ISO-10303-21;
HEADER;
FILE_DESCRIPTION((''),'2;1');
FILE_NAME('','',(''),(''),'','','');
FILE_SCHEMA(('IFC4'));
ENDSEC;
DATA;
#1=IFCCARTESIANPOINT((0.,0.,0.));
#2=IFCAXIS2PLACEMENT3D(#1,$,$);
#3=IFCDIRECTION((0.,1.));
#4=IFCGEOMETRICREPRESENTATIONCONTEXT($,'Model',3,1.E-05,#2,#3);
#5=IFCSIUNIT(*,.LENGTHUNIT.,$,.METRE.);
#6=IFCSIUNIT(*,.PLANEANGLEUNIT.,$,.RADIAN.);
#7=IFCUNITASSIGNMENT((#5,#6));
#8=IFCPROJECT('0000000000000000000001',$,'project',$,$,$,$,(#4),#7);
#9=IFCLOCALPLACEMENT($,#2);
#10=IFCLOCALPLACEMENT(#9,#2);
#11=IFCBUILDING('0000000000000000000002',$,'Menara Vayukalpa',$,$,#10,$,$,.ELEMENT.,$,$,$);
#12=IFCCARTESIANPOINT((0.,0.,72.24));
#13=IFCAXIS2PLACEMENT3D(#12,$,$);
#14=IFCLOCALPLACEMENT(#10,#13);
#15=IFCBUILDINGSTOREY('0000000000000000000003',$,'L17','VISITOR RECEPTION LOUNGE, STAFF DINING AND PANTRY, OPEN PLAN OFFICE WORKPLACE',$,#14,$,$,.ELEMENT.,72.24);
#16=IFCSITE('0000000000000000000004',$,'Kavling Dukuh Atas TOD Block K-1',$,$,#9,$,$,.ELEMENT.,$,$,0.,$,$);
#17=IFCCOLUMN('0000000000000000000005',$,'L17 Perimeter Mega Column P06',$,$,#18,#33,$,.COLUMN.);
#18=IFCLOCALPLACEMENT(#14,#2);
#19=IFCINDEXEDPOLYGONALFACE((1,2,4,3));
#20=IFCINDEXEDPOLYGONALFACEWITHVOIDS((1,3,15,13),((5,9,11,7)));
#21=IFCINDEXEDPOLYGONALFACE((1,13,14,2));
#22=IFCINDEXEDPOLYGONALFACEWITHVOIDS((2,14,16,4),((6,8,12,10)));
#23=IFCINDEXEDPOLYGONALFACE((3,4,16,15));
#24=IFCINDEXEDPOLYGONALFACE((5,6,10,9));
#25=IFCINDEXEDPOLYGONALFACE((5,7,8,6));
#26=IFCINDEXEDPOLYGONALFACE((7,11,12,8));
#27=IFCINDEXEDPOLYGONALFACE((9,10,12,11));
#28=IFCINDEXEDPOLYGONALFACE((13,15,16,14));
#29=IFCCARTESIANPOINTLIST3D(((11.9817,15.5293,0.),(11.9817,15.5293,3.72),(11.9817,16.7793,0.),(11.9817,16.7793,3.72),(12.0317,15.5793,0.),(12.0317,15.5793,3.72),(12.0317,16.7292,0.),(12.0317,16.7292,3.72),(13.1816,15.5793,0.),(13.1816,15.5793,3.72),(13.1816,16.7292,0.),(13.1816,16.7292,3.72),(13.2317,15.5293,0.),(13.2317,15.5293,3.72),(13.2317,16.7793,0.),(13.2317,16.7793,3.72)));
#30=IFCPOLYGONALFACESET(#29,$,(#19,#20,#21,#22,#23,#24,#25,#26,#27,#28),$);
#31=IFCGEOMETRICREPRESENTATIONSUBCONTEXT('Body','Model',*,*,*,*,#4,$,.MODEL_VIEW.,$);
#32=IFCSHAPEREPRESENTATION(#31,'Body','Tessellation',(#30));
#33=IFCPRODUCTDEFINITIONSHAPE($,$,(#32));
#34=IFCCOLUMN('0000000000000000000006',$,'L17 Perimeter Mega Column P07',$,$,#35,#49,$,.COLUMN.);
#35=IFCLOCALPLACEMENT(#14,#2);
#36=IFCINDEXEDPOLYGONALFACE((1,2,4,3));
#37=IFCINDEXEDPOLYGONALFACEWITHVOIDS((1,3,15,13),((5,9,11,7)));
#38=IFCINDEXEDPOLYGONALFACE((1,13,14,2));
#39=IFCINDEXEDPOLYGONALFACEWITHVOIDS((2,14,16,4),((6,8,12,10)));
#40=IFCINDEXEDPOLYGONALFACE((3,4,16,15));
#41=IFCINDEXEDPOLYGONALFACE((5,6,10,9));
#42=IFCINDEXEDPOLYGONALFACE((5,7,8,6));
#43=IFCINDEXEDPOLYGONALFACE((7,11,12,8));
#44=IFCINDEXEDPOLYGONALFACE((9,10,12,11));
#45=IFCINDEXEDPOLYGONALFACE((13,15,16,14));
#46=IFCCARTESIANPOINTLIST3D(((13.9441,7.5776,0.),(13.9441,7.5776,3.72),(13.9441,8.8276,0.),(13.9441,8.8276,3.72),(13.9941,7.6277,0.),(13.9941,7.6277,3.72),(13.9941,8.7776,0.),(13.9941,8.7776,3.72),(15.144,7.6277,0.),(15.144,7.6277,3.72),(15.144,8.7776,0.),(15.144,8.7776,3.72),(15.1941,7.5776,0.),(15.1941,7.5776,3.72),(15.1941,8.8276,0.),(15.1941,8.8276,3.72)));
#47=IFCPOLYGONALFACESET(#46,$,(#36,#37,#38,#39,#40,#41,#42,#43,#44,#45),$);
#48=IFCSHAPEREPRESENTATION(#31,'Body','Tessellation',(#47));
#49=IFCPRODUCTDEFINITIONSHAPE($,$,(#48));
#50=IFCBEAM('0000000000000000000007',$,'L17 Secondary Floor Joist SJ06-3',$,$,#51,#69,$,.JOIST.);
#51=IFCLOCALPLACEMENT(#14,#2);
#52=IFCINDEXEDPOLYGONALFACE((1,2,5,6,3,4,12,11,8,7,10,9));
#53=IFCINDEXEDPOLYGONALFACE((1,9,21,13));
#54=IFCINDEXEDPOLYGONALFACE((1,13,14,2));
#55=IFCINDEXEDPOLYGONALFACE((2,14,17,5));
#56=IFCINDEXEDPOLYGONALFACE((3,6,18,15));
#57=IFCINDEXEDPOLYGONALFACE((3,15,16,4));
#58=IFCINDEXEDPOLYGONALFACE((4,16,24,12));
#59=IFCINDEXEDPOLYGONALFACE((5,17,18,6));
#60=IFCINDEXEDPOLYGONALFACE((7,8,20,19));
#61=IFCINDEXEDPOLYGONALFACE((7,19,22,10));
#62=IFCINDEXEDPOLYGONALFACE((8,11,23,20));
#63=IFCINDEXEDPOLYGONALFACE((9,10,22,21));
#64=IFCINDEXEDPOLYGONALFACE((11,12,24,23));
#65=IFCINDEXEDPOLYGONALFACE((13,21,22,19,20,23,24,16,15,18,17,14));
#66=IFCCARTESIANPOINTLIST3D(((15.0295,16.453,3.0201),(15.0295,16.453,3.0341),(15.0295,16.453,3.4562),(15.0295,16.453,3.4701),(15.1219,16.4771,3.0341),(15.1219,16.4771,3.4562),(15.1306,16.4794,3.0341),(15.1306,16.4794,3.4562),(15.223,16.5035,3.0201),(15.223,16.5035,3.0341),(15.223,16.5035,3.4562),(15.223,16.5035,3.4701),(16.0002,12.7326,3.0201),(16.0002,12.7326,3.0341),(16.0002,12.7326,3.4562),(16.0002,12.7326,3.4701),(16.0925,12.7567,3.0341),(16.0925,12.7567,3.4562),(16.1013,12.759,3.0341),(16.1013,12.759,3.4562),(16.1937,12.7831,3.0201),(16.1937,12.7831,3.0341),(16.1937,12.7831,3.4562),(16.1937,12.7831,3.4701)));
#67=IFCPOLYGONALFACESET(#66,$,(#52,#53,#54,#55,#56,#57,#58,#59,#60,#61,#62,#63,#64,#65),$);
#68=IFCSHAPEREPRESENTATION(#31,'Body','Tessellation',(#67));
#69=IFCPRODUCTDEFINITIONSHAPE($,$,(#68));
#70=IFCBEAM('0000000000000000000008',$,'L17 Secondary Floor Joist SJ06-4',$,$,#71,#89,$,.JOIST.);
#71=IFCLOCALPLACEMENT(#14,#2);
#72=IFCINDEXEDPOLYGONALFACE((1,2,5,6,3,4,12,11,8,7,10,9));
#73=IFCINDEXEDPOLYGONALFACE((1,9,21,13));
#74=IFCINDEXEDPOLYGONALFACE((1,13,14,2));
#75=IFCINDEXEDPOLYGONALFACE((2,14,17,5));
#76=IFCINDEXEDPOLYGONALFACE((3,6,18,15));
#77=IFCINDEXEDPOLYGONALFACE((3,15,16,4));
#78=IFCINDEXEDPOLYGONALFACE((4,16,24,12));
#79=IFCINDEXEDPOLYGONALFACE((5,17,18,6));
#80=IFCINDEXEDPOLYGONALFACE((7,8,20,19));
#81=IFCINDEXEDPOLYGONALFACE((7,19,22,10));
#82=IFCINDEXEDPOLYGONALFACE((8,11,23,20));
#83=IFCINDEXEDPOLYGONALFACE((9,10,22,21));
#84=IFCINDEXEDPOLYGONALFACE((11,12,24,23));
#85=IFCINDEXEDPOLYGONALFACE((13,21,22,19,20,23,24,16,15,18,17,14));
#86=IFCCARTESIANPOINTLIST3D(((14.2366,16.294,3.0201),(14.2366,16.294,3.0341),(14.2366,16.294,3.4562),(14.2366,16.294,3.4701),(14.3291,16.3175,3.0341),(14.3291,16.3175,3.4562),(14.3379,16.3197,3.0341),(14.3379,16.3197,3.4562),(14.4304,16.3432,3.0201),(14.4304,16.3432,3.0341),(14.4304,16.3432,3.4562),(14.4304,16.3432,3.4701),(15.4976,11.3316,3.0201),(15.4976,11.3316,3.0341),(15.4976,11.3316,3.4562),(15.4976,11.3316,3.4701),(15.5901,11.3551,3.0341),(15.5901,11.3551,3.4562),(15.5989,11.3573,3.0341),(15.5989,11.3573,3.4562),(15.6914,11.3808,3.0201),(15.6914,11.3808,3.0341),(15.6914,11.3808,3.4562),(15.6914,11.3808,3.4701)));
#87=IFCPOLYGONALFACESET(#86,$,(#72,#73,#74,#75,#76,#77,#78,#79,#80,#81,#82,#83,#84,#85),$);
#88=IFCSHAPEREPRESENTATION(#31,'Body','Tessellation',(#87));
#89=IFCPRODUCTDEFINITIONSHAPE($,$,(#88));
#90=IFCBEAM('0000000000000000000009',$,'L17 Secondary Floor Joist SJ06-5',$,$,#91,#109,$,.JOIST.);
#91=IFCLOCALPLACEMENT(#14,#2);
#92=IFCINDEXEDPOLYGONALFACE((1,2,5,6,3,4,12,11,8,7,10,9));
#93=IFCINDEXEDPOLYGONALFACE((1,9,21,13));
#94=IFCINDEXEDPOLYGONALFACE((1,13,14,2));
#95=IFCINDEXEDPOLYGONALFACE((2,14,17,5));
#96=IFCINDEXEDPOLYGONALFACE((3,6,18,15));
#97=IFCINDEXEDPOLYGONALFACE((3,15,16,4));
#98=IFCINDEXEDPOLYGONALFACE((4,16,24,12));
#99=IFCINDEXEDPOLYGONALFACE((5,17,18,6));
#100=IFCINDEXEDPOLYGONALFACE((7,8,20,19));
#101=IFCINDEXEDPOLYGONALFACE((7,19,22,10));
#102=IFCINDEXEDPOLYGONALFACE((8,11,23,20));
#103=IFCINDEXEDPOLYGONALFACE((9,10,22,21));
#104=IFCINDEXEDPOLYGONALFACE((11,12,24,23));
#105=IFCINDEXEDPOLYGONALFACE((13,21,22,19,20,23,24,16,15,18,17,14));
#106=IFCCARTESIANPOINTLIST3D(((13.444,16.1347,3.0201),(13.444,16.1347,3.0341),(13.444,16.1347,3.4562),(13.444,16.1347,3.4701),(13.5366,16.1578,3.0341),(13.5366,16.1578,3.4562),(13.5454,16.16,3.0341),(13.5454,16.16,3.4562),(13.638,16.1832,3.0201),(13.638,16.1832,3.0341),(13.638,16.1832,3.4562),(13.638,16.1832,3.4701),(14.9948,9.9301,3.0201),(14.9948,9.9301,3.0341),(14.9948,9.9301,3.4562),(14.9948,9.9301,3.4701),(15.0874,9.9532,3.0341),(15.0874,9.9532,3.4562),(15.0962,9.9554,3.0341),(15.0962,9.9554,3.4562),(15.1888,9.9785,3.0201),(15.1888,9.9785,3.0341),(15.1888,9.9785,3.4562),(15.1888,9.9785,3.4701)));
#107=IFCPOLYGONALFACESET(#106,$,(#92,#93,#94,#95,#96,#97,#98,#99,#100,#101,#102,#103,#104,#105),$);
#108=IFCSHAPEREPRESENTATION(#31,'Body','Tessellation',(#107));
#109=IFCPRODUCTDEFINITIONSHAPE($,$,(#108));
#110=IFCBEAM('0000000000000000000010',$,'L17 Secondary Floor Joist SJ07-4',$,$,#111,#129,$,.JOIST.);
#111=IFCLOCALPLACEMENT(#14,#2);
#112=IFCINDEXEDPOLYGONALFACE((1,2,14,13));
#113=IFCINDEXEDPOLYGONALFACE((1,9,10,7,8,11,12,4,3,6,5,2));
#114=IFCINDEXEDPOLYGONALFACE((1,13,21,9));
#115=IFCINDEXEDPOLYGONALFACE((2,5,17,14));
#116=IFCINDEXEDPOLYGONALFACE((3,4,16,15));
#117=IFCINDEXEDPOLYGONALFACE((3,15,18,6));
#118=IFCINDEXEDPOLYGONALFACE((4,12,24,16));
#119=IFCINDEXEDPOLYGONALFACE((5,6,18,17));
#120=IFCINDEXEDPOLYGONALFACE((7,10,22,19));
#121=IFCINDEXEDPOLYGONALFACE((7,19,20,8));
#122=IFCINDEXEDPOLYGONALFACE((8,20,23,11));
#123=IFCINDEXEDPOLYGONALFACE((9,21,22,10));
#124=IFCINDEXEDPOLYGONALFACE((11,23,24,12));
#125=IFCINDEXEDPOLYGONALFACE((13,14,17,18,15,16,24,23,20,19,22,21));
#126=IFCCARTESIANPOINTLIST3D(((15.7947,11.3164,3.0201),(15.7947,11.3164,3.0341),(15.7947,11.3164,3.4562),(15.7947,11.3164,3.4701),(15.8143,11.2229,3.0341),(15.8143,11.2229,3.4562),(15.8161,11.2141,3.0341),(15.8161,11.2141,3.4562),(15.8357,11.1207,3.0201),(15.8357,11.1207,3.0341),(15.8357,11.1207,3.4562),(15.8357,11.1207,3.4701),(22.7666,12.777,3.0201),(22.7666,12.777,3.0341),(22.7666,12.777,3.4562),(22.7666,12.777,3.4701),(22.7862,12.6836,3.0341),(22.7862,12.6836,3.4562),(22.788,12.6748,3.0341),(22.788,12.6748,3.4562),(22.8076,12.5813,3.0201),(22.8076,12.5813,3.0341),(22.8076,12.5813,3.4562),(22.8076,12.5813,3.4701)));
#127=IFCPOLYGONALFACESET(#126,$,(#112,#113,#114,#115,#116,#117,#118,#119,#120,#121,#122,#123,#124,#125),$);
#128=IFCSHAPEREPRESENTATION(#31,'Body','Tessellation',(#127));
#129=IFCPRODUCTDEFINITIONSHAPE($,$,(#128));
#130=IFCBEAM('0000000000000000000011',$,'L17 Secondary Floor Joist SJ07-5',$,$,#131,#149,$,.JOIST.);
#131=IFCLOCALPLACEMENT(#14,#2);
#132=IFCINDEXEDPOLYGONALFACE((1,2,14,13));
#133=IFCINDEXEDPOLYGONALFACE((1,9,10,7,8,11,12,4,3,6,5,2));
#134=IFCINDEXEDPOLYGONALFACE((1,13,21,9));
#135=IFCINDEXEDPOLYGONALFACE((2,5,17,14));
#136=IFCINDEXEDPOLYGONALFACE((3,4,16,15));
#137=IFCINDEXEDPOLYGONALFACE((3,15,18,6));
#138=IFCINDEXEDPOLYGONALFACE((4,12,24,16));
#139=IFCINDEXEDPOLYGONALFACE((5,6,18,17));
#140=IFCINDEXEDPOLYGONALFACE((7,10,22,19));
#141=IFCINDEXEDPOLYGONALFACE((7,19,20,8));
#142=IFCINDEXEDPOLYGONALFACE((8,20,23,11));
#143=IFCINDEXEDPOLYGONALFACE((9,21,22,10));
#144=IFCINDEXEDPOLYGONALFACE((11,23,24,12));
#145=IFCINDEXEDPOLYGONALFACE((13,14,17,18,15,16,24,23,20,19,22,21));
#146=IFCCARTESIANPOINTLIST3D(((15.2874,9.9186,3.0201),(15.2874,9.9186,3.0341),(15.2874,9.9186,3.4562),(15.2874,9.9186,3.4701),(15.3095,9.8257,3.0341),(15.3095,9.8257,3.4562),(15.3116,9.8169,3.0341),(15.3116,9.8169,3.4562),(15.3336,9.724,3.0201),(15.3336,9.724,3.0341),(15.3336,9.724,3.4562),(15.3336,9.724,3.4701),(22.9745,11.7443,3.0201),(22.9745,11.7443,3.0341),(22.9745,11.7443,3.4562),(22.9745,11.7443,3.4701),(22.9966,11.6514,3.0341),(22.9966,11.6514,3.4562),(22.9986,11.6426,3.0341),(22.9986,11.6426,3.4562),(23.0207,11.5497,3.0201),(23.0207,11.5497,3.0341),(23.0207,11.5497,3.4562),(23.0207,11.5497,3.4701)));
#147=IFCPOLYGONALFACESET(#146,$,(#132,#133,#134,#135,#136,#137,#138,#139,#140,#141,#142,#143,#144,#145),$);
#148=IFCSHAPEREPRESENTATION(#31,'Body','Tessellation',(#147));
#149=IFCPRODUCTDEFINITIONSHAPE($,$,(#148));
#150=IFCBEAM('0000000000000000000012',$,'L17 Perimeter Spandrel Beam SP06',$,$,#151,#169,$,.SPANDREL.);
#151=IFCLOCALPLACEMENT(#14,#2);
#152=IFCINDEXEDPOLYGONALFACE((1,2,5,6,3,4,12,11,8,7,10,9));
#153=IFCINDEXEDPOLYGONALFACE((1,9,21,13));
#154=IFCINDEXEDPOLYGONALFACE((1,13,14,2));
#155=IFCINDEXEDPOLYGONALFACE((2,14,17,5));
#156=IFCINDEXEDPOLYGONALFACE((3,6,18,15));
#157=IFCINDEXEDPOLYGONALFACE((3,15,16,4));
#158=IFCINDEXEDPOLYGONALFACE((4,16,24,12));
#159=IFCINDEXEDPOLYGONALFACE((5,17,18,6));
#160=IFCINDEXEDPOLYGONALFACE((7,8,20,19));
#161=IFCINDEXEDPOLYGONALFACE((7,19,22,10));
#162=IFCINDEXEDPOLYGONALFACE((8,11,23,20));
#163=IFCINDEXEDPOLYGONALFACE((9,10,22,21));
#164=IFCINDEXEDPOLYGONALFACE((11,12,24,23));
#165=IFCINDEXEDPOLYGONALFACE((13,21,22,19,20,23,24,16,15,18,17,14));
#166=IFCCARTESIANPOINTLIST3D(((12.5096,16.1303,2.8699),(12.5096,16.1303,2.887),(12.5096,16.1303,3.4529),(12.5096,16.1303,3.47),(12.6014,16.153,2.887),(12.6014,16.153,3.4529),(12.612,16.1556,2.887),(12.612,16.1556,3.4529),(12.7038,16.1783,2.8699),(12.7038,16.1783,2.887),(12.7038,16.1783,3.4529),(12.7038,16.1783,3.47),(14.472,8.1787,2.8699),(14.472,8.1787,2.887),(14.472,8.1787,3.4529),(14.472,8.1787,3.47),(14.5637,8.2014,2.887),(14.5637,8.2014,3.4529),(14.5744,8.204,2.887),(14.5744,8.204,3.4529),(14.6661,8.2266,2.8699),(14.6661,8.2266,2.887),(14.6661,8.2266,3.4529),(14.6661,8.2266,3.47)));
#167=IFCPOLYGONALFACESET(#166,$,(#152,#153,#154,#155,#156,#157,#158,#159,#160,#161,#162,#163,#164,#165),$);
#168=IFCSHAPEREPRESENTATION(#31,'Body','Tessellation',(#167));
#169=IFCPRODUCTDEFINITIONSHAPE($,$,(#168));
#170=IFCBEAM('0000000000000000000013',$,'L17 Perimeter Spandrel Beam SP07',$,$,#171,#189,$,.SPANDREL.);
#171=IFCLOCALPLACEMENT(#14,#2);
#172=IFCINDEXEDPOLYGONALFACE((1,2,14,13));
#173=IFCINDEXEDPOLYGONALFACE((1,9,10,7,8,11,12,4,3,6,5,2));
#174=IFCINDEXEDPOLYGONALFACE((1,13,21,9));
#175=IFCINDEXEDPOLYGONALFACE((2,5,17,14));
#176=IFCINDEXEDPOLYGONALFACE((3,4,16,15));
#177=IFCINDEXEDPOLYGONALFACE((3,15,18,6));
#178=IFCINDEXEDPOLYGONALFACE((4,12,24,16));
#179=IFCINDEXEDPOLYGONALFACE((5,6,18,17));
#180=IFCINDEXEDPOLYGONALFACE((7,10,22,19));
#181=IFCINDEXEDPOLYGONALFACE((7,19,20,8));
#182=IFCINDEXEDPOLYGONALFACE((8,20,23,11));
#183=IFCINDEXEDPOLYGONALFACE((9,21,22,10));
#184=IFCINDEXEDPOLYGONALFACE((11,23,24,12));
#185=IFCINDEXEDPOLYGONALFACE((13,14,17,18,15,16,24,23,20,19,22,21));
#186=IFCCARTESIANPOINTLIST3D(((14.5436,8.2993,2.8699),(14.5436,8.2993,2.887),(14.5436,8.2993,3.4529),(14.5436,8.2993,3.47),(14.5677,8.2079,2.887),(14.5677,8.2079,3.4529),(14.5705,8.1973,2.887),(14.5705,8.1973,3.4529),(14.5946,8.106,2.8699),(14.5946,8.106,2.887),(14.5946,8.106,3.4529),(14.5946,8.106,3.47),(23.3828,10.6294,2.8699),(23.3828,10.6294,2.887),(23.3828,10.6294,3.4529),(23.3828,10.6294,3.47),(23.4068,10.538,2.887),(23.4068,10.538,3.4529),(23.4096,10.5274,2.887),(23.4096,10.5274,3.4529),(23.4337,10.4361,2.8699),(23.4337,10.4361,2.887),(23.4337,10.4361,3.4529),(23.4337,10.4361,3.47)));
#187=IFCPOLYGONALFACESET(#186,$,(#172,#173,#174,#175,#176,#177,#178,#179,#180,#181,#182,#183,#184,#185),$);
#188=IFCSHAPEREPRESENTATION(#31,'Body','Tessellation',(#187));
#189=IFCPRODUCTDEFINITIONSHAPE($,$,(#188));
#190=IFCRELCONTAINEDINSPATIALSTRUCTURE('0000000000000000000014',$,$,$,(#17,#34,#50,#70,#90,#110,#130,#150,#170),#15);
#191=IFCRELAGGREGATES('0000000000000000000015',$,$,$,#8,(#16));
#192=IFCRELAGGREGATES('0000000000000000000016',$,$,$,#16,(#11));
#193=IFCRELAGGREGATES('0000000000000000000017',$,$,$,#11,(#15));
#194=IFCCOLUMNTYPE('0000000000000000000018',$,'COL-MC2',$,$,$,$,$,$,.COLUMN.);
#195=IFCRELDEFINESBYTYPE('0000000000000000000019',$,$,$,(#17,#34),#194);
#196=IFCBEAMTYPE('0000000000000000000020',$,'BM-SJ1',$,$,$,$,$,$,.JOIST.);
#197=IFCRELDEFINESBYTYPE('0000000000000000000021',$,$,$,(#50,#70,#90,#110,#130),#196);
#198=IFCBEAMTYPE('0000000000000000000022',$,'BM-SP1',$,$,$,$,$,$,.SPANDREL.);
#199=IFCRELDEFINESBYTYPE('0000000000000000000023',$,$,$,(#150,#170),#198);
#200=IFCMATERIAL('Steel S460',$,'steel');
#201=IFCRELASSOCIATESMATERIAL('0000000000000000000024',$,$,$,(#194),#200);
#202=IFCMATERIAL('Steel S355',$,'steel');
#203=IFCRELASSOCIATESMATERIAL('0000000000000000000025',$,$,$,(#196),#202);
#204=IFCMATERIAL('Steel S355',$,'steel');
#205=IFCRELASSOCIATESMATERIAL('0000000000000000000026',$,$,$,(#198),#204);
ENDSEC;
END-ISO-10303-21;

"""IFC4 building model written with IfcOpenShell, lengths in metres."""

from ifc_helpers import new_model, si_unit, direction, frame, origin, origin_2d, place, context, subcontext, project, spatial, hollow_rectangle, i_section, extrude, material, material_profile, profile_set, type_object, element, save


model = new_model("IFC4")

# Units and contexts
model_context = context("Model", 3, precision=1e-05, world=origin(), true_north=direction((0.0, 1.0)))
body_context = subcontext(model_context, "Body", "Model", "MODEL_VIEW")
ifc_project = project(units=[si_unit("LENGTHUNIT", "METRE"), si_unit("PLANEANGLEUNIT", "RADIAN")], contexts=[model_context])

# Site, building, storey
site_placement = place(None, origin())
site = spatial("IfcSite", under=ifc_project, at=site_placement, Name="Kavling Dukuh Atas TOD Block K-1", CompositionType="ELEMENT", RefElevation=0.0)
building_placement = place(site_placement, origin())
building = spatial("IfcBuilding", under=site, at=building_placement, Name="Menara Vayukalpa", CompositionType="ELEMENT")
storey_placement = place(building_placement, frame((0.0, 0.0, 72.24)))
storey = spatial("IfcBuildingStorey", under=building, at=storey_placement, Name="L17", Description="VISITOR RECEPTION LOUNGE, STAFF DINING AND PANTRY, OPEN PLAN OFFICE WORKPLACE", CompositionType="ELEMENT", Elevation=72.24)

# Columns
ifc_material_1 = material(Name="Steel S460", Category="steel")
ifc_material_profile_1 = material_profile(ifc_material_1, hollow_rectangle(XDim=1.25, YDim=1.25, WallThickness=0.05, at=origin_2d()), Name="BOX 1250x1250x50")
ifc_profile_set_1 = profile_set([ifc_material_profile_1], Name="Steel S460")
column_type = type_object("IfcColumnType", Name="COL-MC2", PredefinedType="COLUMN", material=ifc_profile_set_1)
for number, where, z_axis, x_axis, name in (
    (1, (12.6067, 16.1543, 0.0), (0.0, 0.0, 1.0), (1.0, 0.0, 0.0), "L17 Perimeter Mega Column P06"),
    (2, (14.5691, 8.2026, 0.0), (0.0, 0.0, 1.0), (1.0, 0.0, 0.0), "L17 Perimeter Mega Column P07"),
):
    element("IfcColumn", number, at=place(storey_placement, frame(where, z_axis=z_axis, x_axis=x_axis)), inside=storey, type_object=column_type, Name=name, PredefinedType="COLUMN", context=body_context, shape_type="SweptSolid", body=[
        extrude(hollow_rectangle(XDim=1.25, YDim=1.25, WallThickness=0.05, at=origin_2d()), origin(), (0.0, 0.0, 1.0), 3.72),
    ])

# Beams
ifc_material_2 = material(Name="Steel S355", Category="steel")
ifc_material_profile_2 = material_profile(ifc_material_2, i_section(OverallWidth=0.2, OverallDepth=0.45, WebThickness=0.009, FlangeThickness=0.0139, at=origin_2d()), Name="WF 450x200x9x14")
ifc_profile_set_2 = profile_set([ifc_material_profile_2], Name="Steel S355")
beam_type_1 = type_object("IfcBeamType", Name="BM-SJ1", PredefinedType="JOIST", material=ifc_profile_set_2)
beam_1_placement = place(storey_placement, frame((15.1262, 16.4783, 3.2451), z_axis=(0.252458, -0.967608, 0.0), x_axis=(0.967608, 0.252458, 0.0)))
element("IfcBeam", 3, at=beam_1_placement, inside=storey, type_object=beam_type_1, Name="L17 Secondary Floor Joist SJ06-3", PredefinedType="JOIST", context=body_context, shape_type="SweptSolid", body=[
    extrude(i_section(OverallWidth=0.2, OverallDepth=0.45, WebThickness=0.009, FlangeThickness=0.0139, at=origin_2d()), origin(), (0.0, 0.0, 1.0), 3.845),
])
beam_2_placement = place(storey_placement, frame((14.3335, 16.3186, 3.2451), z_axis=(0.246281, -0.969198, 0.0), x_axis=(0.969198, 0.246281, 0.0)))
element("IfcBeam", 4, at=beam_2_placement, inside=storey, type_object=beam_type_1, Name="L17 Secondary Floor Joist SJ06-4", PredefinedType="JOIST", context=body_context, shape_type="SweptSolid", body=[
    extrude(i_section(OverallWidth=0.2, OverallDepth=0.45, WebThickness=0.009, FlangeThickness=0.0139, at=origin_2d()), origin(), (0.0, 0.0, 1.0), 5.1201),
])
beam_3_placement = place(storey_placement, frame((13.541, 16.1589, 3.2451), z_axis=(0.242482, -0.970156, 0.0), x_axis=(0.970156, 0.242482, 0.0)))
element("IfcBeam", 5, at=beam_3_placement, inside=storey, type_object=beam_type_1, Name="L17 Secondary Floor Joist SJ06-5", PredefinedType="JOIST", context=body_context, shape_type="SweptSolid", body=[
    extrude(i_section(OverallWidth=0.2, OverallDepth=0.45, WebThickness=0.009, FlangeThickness=0.0139, at=origin_2d()), origin(), (0.0, 0.0, 1.0), 6.3955),
])
beam_4_placement = place(storey_placement, frame((15.8152, 11.2185, 3.2451), z_axis=(0.97875, 0.205059, 0.0), x_axis=(-0.205059, 0.97875, 0.0)))
element("IfcBeam", 6, at=beam_4_placement, inside=storey, type_object=beam_type_1, Name="L17 Secondary Floor Joist SJ07-4", PredefinedType="JOIST", context=body_context, shape_type="SweptSolid", body=[
    extrude(i_section(OverallWidth=0.2, OverallDepth=0.45, WebThickness=0.009, FlangeThickness=0.0139, at=origin_2d()), origin(), (0.0, 0.0, 1.0), 7.1233),
])
beam_5_placement = place(storey_placement, frame((15.3105, 9.8213, 3.2451), z_axis=(0.972936, 0.231075, 0.0), x_axis=(-0.231075, 0.972936, 0.0)))
element("IfcBeam", 7, at=beam_5_placement, inside=storey, type_object=beam_type_1, Name="L17 Secondary Floor Joist SJ07-5", PredefinedType="JOIST", context=body_context, shape_type="SweptSolid", body=[
    extrude(i_section(OverallWidth=0.2, OverallDepth=0.45, WebThickness=0.009, FlangeThickness=0.0139, at=origin_2d()), origin(), (0.0, 0.0, 1.0), 7.9009),
])
ifc_material_3 = material(Name="Steel S355", Category="steel")
ifc_material_profile_3 = material_profile(ifc_material_3, i_section(OverallWidth=0.2, OverallDepth=0.6001, WebThickness=0.011, FlangeThickness=0.0171, at=origin_2d()), Name="WF 600x200x11x17")
ifc_profile_set_3 = profile_set([ifc_material_profile_3], Name="Steel S355")
beam_type_2 = type_object("IfcBeamType", Name="BM-SP1", PredefinedType="SPANDREL", material=ifc_profile_set_3)
beam_6_placement = place(storey_placement, frame((12.6067, 16.1543, 3.1699), z_axis=(0.239603, -0.970871, 0.0), x_axis=(0.970871, 0.239603, 0.0)))
element("IfcBeam", 8, at=beam_6_placement, inside=storey, type_object=beam_type_2, Name="L17 Perimeter Spandrel Beam SP06", PredefinedType="SPANDREL", context=body_context, shape_type="SweptSolid", body=[
    extrude(i_section(OverallWidth=0.2, OverallDepth=0.6001, WebThickness=0.011, FlangeThickness=0.0171, at=origin_2d()), origin(), (0.0, 0.0, 1.0), 8.1902),
])
beam_7_placement = place(storey_placement, frame((14.5691, 8.2026, 3.1699), z_axis=(0.966967, 0.254902, 0.0), x_axis=(-0.254902, 0.966967, 0.0)))
element("IfcBeam", 9, at=beam_7_placement, inside=storey, type_object=beam_type_2, Name="L17 Perimeter Spandrel Beam SP07", PredefinedType="SPANDREL", context=body_context, shape_type="SweptSolid", body=[
    extrude(i_section(OverallWidth=0.2, OverallDepth=0.6001, WebThickness=0.011, FlangeThickness=0.0171, at=origin_2d()), origin(), (0.0, 0.0, 1.0), 9.1411),
])

save(model, "model.ifc")
